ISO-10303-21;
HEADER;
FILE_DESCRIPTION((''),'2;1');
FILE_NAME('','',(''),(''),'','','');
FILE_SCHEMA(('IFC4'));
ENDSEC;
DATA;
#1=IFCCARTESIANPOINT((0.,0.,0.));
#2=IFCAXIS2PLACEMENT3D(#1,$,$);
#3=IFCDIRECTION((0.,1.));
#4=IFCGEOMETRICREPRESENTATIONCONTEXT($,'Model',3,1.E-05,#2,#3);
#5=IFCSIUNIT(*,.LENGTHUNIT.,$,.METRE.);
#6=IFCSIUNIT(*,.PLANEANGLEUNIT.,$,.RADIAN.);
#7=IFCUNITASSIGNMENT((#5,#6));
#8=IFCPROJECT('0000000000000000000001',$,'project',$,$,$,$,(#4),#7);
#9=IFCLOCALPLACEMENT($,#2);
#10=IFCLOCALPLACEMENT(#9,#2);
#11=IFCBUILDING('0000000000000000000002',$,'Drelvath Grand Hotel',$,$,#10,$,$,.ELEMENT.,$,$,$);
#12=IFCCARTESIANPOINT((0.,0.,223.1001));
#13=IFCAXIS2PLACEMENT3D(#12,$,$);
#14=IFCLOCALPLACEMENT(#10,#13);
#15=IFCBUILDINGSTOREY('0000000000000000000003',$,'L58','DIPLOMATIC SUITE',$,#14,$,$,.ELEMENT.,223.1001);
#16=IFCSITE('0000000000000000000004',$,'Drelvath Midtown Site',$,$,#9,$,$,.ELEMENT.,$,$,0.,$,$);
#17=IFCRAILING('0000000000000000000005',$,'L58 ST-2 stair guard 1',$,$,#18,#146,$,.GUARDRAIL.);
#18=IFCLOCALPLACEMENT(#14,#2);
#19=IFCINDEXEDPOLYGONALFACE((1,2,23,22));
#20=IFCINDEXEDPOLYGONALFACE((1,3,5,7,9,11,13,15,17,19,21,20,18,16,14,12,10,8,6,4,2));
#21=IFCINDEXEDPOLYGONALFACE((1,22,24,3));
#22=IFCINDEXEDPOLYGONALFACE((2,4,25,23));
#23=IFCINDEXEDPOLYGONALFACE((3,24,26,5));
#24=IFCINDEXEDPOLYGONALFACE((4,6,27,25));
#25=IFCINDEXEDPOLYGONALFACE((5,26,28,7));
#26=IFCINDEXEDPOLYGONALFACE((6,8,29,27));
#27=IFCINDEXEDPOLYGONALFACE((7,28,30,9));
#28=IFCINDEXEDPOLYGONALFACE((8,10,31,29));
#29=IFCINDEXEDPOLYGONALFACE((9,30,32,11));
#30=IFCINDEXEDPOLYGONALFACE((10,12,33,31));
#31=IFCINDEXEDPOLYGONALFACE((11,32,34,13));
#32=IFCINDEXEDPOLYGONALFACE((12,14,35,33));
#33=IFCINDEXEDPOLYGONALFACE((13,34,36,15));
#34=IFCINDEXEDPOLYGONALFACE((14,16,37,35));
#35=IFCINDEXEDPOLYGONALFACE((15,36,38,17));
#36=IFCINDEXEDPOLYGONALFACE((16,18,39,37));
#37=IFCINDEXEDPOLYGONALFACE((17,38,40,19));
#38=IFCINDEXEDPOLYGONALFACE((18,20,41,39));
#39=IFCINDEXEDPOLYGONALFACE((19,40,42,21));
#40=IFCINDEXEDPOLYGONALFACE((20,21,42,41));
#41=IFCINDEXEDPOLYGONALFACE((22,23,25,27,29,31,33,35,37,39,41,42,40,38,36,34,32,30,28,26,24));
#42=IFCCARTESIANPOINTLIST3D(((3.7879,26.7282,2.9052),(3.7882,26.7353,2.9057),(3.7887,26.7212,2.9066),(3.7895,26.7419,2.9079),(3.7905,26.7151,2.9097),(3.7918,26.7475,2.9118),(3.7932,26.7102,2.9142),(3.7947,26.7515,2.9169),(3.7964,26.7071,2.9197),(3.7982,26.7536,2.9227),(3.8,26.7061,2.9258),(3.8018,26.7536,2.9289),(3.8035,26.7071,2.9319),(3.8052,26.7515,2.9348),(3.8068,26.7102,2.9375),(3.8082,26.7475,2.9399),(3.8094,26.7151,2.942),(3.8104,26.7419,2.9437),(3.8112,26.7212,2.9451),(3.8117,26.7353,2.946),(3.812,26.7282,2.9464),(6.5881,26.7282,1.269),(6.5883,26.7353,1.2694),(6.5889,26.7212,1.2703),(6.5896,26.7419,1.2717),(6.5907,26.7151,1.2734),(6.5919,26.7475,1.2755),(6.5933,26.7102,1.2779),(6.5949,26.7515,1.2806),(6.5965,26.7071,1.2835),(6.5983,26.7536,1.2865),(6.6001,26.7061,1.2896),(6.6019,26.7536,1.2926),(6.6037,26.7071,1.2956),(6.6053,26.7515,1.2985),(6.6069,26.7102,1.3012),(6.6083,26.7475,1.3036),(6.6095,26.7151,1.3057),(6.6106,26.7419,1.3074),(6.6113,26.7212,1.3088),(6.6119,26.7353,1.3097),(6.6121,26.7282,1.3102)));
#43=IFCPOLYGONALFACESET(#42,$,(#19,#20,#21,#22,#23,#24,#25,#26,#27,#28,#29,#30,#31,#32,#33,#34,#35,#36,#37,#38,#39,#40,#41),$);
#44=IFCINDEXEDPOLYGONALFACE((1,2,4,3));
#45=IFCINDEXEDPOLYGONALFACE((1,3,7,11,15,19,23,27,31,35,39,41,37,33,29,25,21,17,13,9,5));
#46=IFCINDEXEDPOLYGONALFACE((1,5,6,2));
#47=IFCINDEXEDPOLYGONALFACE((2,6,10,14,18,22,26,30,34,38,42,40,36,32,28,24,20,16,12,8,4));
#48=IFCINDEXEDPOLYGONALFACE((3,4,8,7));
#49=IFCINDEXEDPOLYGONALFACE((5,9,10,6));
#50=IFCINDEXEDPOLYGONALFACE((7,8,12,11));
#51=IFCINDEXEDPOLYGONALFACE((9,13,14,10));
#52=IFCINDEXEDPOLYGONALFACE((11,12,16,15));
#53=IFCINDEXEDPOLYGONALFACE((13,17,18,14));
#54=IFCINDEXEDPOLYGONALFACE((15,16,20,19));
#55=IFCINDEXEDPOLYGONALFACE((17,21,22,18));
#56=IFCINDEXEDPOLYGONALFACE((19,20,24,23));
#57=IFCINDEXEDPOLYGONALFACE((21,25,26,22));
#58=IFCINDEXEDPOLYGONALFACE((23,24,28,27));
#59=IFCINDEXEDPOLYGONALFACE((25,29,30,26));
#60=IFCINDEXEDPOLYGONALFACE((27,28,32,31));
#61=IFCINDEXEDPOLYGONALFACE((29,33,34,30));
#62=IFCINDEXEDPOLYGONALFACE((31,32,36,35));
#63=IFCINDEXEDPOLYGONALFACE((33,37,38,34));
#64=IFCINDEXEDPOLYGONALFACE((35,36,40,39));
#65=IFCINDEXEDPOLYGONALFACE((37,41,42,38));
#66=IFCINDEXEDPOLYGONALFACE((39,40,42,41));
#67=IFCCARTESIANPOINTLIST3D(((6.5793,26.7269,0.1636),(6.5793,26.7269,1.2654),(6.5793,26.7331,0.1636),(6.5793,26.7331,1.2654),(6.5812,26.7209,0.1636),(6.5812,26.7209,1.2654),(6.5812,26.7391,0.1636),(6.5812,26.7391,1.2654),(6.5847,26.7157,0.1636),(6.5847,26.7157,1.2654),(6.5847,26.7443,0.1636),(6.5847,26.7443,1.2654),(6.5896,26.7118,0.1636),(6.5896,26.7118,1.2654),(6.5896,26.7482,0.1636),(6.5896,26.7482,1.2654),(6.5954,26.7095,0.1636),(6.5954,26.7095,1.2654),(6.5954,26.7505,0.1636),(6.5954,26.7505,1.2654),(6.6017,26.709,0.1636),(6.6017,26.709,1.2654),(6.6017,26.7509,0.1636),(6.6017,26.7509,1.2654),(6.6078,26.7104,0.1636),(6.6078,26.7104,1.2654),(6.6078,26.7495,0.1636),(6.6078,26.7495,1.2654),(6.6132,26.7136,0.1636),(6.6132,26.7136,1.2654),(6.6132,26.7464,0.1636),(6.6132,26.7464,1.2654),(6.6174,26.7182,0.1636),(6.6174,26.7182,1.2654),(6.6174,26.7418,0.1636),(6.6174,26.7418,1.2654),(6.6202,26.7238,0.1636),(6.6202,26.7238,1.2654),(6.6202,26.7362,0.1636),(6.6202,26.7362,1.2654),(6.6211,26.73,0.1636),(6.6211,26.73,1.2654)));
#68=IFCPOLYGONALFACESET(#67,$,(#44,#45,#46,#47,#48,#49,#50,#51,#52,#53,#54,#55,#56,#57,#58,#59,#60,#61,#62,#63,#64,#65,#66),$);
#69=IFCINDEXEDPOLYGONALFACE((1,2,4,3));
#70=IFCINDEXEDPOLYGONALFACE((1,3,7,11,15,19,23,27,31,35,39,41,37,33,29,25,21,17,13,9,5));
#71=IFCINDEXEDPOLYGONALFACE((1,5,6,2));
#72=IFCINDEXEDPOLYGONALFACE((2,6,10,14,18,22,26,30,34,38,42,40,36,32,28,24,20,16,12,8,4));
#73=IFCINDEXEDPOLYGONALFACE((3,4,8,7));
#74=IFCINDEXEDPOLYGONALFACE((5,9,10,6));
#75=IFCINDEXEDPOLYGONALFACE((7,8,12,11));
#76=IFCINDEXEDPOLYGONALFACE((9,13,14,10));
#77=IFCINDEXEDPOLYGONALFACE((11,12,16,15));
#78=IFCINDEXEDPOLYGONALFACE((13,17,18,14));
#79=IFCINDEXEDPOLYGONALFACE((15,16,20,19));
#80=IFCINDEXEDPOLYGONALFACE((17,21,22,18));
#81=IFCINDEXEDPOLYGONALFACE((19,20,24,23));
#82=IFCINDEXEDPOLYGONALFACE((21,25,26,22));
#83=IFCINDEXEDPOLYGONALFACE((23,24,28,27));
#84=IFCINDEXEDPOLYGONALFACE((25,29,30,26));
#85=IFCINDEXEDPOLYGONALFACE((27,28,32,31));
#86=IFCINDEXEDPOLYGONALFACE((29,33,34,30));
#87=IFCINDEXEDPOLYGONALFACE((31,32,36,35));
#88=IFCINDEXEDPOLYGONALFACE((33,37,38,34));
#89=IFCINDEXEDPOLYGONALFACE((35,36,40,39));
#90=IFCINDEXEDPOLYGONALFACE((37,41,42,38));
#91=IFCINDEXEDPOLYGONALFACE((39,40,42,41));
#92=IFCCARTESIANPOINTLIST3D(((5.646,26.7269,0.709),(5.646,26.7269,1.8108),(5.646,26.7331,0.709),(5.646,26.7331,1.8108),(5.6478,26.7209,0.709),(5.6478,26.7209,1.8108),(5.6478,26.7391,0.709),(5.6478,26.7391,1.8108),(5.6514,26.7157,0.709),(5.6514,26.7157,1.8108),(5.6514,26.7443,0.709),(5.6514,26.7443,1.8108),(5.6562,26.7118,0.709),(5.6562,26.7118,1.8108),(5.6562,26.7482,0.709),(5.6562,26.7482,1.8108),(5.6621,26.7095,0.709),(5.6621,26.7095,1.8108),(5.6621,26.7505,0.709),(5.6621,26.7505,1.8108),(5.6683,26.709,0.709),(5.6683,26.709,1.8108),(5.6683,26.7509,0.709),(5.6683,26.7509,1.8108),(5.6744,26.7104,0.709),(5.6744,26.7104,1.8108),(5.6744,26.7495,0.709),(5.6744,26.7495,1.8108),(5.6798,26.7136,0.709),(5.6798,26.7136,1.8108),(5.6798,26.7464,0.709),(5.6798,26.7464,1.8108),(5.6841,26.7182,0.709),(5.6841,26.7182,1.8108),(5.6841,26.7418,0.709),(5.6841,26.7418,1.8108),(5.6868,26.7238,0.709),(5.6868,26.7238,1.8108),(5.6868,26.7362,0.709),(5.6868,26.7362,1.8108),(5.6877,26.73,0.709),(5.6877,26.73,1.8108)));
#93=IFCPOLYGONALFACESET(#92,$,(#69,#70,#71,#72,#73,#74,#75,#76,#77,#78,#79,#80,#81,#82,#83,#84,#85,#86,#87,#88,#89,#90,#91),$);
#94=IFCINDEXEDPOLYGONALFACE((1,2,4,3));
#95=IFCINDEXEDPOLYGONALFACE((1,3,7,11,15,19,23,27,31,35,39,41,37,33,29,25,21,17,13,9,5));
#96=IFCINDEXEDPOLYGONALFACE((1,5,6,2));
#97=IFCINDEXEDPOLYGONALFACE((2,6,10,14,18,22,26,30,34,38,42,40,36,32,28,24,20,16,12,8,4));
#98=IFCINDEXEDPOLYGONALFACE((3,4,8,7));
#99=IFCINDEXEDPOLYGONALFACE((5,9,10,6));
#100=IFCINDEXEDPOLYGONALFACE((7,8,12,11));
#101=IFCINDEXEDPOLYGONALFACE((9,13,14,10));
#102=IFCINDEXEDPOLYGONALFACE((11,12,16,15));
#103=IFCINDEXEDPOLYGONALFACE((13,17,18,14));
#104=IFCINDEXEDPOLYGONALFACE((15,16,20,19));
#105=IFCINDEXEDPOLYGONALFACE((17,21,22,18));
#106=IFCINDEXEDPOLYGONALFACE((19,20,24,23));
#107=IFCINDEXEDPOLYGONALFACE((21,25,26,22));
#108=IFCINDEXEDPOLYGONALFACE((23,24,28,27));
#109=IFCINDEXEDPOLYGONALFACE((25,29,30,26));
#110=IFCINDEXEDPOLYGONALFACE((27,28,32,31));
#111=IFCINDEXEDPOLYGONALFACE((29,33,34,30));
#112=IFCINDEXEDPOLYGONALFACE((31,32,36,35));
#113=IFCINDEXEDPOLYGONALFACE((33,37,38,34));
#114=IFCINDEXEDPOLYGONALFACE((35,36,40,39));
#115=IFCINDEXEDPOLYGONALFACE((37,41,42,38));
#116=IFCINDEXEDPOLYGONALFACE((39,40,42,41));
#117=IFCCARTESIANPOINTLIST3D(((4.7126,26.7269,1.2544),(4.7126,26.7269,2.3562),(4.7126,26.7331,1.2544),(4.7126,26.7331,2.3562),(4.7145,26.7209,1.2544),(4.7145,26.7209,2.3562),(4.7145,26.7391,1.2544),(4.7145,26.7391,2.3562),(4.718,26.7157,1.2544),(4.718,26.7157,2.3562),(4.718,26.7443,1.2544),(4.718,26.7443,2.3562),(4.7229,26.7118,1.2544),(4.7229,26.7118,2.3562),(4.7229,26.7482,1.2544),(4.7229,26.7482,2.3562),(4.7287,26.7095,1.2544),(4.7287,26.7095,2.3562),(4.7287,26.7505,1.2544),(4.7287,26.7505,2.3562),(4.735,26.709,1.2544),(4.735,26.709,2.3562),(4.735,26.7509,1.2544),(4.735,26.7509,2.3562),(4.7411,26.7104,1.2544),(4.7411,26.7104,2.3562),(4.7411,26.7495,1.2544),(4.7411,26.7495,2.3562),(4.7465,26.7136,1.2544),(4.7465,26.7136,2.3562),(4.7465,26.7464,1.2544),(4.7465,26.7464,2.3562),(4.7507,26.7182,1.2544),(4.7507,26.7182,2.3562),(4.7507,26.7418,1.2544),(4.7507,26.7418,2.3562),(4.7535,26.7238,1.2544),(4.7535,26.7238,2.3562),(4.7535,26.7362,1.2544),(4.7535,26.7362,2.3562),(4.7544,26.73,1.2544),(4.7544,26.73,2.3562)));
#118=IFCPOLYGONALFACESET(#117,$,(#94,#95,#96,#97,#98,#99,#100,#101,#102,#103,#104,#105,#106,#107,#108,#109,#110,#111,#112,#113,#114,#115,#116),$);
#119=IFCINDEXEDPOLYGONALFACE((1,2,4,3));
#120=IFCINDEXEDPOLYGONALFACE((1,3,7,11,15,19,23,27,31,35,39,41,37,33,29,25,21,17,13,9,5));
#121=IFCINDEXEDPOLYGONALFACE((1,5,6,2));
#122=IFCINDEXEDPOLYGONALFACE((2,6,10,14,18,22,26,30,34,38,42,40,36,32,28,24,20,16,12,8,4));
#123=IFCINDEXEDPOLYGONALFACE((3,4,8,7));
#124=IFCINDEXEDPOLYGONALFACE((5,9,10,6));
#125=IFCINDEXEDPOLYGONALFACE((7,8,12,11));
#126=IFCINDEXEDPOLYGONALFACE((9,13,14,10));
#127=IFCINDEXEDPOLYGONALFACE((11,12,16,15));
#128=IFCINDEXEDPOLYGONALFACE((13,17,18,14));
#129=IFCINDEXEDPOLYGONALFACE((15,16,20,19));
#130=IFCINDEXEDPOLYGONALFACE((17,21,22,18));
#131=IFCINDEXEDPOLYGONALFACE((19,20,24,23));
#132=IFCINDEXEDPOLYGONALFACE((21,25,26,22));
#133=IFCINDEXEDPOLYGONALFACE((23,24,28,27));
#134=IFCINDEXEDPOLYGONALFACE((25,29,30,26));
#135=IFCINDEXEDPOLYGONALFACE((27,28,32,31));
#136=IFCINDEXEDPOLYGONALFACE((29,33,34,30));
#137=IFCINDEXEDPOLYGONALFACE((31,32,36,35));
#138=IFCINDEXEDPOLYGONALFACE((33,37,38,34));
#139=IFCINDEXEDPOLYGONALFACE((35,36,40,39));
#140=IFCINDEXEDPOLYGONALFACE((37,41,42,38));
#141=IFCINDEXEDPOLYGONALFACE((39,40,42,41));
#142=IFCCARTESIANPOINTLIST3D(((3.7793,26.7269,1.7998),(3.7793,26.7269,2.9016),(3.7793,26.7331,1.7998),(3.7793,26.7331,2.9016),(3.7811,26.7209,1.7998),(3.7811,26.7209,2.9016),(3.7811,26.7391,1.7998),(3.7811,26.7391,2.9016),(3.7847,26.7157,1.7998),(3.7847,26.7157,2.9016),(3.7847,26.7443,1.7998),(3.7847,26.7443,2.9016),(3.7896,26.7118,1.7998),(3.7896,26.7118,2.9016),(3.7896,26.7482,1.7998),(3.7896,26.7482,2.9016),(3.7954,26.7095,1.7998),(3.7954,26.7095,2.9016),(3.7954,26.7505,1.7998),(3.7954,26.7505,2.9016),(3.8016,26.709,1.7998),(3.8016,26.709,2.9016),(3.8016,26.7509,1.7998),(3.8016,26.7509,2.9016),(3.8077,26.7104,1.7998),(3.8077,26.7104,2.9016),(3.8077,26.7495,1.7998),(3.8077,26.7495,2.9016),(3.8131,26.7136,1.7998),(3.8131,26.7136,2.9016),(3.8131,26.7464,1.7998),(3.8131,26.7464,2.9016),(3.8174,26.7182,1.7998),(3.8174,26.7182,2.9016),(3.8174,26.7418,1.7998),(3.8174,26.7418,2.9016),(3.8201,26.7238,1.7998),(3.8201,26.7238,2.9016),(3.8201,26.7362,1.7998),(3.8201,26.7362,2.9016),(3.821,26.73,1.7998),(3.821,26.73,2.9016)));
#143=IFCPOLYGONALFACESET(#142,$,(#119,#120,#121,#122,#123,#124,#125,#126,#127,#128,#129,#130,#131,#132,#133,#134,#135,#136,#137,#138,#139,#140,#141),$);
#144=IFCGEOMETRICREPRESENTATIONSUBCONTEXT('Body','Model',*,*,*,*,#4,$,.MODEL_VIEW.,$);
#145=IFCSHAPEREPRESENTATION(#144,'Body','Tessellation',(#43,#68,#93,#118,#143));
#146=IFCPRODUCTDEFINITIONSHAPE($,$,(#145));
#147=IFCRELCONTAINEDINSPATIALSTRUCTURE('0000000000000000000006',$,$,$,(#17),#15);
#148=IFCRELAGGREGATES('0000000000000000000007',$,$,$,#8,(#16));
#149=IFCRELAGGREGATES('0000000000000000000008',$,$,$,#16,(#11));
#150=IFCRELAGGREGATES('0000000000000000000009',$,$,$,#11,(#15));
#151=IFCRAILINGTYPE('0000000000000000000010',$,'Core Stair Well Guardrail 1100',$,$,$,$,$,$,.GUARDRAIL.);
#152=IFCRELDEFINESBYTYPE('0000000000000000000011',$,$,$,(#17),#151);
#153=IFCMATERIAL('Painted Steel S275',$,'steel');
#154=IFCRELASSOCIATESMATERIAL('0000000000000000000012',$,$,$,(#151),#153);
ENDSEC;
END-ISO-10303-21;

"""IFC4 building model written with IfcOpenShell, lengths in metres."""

from ifc_helpers import new_model, si_unit, direction, frame, origin, origin_2d, place, context, subcontext, project, spatial, circle, extrude, material, type_object, element, save


model = new_model("IFC4")

# Units and contexts
model_context = context("Model", 3, precision=1e-05, world=origin(), true_north=direction((0.0, 1.0)))
body_context = subcontext(model_context, "Body", "Model", "MODEL_VIEW")
ifc_project = project(units=[si_unit("LENGTHUNIT", "METRE"), si_unit("PLANEANGLEUNIT", "RADIAN")], contexts=[model_context])

# Site, building, storey
site_placement = place(None, origin())
site = spatial("IfcSite", under=ifc_project, at=site_placement, Name="Drelvath Midtown Site", CompositionType="ELEMENT", RefElevation=0.0)
building_placement = place(site_placement, origin())
building = spatial("IfcBuilding", under=site, at=building_placement, Name="Drelvath Grand Hotel", CompositionType="ELEMENT")
storey_placement = place(building_placement, frame((0.0, 0.0, 223.1001)))
storey = spatial("IfcBuildingStorey", under=building, at=storey_placement, Name="L58", Description="DIPLOMATIC SUITE", CompositionType="ELEMENT", Elevation=223.1001)

# Shared definitions
ifc_material_1 = material(Name="Painted Steel S275", Category="steel")

# Railing
railing_type_1 = type_object("IfcRailingType", Name="Core Stair Well Guardrail 1100", PredefinedType="GUARDRAIL", material=ifc_material_1)
railing_1_placement = place(storey_placement, frame((6.6001, 26.73, 0.1636)))
element("IfcRailing", 1, at=railing_1_placement, inside=storey, type_object=railing_type_1, Name="L58 ST-2 stair guard 1", PredefinedType="GUARDRAIL", context=body_context, shape_type="SweptSolid", body=[
    extrude(circle(Radius=0.0239, at=origin_2d()), frame((0.0, 0.0, 1.126), z_axis=(-0.863394, 0.0, 0.504531), x_axis=(0.0, -1.0, 0.0)), (0.0, 0.0, 1.0), 3.2432),
    extrude(circle(Radius=0.021, at=origin_2d()), origin(), (0.0, 0.0, 1.0), 1.1018),
    extrude(circle(Radius=0.021, at=origin_2d()), frame((-0.9333, 0.0, 0.5454)), (0.0, 0.0, 1.0), 1.1018),
    extrude(circle(Radius=0.021, at=origin_2d()), frame((-1.8667, 0.0, 1.0908)), (0.0, 0.0, 1.0), 1.1018),
    extrude(circle(Radius=0.021, at=origin_2d()), frame((-2.8, 0.0, 1.6362)), (0.0, 0.0, 1.0), 1.1018),
])

save(model, "model.ifc")
